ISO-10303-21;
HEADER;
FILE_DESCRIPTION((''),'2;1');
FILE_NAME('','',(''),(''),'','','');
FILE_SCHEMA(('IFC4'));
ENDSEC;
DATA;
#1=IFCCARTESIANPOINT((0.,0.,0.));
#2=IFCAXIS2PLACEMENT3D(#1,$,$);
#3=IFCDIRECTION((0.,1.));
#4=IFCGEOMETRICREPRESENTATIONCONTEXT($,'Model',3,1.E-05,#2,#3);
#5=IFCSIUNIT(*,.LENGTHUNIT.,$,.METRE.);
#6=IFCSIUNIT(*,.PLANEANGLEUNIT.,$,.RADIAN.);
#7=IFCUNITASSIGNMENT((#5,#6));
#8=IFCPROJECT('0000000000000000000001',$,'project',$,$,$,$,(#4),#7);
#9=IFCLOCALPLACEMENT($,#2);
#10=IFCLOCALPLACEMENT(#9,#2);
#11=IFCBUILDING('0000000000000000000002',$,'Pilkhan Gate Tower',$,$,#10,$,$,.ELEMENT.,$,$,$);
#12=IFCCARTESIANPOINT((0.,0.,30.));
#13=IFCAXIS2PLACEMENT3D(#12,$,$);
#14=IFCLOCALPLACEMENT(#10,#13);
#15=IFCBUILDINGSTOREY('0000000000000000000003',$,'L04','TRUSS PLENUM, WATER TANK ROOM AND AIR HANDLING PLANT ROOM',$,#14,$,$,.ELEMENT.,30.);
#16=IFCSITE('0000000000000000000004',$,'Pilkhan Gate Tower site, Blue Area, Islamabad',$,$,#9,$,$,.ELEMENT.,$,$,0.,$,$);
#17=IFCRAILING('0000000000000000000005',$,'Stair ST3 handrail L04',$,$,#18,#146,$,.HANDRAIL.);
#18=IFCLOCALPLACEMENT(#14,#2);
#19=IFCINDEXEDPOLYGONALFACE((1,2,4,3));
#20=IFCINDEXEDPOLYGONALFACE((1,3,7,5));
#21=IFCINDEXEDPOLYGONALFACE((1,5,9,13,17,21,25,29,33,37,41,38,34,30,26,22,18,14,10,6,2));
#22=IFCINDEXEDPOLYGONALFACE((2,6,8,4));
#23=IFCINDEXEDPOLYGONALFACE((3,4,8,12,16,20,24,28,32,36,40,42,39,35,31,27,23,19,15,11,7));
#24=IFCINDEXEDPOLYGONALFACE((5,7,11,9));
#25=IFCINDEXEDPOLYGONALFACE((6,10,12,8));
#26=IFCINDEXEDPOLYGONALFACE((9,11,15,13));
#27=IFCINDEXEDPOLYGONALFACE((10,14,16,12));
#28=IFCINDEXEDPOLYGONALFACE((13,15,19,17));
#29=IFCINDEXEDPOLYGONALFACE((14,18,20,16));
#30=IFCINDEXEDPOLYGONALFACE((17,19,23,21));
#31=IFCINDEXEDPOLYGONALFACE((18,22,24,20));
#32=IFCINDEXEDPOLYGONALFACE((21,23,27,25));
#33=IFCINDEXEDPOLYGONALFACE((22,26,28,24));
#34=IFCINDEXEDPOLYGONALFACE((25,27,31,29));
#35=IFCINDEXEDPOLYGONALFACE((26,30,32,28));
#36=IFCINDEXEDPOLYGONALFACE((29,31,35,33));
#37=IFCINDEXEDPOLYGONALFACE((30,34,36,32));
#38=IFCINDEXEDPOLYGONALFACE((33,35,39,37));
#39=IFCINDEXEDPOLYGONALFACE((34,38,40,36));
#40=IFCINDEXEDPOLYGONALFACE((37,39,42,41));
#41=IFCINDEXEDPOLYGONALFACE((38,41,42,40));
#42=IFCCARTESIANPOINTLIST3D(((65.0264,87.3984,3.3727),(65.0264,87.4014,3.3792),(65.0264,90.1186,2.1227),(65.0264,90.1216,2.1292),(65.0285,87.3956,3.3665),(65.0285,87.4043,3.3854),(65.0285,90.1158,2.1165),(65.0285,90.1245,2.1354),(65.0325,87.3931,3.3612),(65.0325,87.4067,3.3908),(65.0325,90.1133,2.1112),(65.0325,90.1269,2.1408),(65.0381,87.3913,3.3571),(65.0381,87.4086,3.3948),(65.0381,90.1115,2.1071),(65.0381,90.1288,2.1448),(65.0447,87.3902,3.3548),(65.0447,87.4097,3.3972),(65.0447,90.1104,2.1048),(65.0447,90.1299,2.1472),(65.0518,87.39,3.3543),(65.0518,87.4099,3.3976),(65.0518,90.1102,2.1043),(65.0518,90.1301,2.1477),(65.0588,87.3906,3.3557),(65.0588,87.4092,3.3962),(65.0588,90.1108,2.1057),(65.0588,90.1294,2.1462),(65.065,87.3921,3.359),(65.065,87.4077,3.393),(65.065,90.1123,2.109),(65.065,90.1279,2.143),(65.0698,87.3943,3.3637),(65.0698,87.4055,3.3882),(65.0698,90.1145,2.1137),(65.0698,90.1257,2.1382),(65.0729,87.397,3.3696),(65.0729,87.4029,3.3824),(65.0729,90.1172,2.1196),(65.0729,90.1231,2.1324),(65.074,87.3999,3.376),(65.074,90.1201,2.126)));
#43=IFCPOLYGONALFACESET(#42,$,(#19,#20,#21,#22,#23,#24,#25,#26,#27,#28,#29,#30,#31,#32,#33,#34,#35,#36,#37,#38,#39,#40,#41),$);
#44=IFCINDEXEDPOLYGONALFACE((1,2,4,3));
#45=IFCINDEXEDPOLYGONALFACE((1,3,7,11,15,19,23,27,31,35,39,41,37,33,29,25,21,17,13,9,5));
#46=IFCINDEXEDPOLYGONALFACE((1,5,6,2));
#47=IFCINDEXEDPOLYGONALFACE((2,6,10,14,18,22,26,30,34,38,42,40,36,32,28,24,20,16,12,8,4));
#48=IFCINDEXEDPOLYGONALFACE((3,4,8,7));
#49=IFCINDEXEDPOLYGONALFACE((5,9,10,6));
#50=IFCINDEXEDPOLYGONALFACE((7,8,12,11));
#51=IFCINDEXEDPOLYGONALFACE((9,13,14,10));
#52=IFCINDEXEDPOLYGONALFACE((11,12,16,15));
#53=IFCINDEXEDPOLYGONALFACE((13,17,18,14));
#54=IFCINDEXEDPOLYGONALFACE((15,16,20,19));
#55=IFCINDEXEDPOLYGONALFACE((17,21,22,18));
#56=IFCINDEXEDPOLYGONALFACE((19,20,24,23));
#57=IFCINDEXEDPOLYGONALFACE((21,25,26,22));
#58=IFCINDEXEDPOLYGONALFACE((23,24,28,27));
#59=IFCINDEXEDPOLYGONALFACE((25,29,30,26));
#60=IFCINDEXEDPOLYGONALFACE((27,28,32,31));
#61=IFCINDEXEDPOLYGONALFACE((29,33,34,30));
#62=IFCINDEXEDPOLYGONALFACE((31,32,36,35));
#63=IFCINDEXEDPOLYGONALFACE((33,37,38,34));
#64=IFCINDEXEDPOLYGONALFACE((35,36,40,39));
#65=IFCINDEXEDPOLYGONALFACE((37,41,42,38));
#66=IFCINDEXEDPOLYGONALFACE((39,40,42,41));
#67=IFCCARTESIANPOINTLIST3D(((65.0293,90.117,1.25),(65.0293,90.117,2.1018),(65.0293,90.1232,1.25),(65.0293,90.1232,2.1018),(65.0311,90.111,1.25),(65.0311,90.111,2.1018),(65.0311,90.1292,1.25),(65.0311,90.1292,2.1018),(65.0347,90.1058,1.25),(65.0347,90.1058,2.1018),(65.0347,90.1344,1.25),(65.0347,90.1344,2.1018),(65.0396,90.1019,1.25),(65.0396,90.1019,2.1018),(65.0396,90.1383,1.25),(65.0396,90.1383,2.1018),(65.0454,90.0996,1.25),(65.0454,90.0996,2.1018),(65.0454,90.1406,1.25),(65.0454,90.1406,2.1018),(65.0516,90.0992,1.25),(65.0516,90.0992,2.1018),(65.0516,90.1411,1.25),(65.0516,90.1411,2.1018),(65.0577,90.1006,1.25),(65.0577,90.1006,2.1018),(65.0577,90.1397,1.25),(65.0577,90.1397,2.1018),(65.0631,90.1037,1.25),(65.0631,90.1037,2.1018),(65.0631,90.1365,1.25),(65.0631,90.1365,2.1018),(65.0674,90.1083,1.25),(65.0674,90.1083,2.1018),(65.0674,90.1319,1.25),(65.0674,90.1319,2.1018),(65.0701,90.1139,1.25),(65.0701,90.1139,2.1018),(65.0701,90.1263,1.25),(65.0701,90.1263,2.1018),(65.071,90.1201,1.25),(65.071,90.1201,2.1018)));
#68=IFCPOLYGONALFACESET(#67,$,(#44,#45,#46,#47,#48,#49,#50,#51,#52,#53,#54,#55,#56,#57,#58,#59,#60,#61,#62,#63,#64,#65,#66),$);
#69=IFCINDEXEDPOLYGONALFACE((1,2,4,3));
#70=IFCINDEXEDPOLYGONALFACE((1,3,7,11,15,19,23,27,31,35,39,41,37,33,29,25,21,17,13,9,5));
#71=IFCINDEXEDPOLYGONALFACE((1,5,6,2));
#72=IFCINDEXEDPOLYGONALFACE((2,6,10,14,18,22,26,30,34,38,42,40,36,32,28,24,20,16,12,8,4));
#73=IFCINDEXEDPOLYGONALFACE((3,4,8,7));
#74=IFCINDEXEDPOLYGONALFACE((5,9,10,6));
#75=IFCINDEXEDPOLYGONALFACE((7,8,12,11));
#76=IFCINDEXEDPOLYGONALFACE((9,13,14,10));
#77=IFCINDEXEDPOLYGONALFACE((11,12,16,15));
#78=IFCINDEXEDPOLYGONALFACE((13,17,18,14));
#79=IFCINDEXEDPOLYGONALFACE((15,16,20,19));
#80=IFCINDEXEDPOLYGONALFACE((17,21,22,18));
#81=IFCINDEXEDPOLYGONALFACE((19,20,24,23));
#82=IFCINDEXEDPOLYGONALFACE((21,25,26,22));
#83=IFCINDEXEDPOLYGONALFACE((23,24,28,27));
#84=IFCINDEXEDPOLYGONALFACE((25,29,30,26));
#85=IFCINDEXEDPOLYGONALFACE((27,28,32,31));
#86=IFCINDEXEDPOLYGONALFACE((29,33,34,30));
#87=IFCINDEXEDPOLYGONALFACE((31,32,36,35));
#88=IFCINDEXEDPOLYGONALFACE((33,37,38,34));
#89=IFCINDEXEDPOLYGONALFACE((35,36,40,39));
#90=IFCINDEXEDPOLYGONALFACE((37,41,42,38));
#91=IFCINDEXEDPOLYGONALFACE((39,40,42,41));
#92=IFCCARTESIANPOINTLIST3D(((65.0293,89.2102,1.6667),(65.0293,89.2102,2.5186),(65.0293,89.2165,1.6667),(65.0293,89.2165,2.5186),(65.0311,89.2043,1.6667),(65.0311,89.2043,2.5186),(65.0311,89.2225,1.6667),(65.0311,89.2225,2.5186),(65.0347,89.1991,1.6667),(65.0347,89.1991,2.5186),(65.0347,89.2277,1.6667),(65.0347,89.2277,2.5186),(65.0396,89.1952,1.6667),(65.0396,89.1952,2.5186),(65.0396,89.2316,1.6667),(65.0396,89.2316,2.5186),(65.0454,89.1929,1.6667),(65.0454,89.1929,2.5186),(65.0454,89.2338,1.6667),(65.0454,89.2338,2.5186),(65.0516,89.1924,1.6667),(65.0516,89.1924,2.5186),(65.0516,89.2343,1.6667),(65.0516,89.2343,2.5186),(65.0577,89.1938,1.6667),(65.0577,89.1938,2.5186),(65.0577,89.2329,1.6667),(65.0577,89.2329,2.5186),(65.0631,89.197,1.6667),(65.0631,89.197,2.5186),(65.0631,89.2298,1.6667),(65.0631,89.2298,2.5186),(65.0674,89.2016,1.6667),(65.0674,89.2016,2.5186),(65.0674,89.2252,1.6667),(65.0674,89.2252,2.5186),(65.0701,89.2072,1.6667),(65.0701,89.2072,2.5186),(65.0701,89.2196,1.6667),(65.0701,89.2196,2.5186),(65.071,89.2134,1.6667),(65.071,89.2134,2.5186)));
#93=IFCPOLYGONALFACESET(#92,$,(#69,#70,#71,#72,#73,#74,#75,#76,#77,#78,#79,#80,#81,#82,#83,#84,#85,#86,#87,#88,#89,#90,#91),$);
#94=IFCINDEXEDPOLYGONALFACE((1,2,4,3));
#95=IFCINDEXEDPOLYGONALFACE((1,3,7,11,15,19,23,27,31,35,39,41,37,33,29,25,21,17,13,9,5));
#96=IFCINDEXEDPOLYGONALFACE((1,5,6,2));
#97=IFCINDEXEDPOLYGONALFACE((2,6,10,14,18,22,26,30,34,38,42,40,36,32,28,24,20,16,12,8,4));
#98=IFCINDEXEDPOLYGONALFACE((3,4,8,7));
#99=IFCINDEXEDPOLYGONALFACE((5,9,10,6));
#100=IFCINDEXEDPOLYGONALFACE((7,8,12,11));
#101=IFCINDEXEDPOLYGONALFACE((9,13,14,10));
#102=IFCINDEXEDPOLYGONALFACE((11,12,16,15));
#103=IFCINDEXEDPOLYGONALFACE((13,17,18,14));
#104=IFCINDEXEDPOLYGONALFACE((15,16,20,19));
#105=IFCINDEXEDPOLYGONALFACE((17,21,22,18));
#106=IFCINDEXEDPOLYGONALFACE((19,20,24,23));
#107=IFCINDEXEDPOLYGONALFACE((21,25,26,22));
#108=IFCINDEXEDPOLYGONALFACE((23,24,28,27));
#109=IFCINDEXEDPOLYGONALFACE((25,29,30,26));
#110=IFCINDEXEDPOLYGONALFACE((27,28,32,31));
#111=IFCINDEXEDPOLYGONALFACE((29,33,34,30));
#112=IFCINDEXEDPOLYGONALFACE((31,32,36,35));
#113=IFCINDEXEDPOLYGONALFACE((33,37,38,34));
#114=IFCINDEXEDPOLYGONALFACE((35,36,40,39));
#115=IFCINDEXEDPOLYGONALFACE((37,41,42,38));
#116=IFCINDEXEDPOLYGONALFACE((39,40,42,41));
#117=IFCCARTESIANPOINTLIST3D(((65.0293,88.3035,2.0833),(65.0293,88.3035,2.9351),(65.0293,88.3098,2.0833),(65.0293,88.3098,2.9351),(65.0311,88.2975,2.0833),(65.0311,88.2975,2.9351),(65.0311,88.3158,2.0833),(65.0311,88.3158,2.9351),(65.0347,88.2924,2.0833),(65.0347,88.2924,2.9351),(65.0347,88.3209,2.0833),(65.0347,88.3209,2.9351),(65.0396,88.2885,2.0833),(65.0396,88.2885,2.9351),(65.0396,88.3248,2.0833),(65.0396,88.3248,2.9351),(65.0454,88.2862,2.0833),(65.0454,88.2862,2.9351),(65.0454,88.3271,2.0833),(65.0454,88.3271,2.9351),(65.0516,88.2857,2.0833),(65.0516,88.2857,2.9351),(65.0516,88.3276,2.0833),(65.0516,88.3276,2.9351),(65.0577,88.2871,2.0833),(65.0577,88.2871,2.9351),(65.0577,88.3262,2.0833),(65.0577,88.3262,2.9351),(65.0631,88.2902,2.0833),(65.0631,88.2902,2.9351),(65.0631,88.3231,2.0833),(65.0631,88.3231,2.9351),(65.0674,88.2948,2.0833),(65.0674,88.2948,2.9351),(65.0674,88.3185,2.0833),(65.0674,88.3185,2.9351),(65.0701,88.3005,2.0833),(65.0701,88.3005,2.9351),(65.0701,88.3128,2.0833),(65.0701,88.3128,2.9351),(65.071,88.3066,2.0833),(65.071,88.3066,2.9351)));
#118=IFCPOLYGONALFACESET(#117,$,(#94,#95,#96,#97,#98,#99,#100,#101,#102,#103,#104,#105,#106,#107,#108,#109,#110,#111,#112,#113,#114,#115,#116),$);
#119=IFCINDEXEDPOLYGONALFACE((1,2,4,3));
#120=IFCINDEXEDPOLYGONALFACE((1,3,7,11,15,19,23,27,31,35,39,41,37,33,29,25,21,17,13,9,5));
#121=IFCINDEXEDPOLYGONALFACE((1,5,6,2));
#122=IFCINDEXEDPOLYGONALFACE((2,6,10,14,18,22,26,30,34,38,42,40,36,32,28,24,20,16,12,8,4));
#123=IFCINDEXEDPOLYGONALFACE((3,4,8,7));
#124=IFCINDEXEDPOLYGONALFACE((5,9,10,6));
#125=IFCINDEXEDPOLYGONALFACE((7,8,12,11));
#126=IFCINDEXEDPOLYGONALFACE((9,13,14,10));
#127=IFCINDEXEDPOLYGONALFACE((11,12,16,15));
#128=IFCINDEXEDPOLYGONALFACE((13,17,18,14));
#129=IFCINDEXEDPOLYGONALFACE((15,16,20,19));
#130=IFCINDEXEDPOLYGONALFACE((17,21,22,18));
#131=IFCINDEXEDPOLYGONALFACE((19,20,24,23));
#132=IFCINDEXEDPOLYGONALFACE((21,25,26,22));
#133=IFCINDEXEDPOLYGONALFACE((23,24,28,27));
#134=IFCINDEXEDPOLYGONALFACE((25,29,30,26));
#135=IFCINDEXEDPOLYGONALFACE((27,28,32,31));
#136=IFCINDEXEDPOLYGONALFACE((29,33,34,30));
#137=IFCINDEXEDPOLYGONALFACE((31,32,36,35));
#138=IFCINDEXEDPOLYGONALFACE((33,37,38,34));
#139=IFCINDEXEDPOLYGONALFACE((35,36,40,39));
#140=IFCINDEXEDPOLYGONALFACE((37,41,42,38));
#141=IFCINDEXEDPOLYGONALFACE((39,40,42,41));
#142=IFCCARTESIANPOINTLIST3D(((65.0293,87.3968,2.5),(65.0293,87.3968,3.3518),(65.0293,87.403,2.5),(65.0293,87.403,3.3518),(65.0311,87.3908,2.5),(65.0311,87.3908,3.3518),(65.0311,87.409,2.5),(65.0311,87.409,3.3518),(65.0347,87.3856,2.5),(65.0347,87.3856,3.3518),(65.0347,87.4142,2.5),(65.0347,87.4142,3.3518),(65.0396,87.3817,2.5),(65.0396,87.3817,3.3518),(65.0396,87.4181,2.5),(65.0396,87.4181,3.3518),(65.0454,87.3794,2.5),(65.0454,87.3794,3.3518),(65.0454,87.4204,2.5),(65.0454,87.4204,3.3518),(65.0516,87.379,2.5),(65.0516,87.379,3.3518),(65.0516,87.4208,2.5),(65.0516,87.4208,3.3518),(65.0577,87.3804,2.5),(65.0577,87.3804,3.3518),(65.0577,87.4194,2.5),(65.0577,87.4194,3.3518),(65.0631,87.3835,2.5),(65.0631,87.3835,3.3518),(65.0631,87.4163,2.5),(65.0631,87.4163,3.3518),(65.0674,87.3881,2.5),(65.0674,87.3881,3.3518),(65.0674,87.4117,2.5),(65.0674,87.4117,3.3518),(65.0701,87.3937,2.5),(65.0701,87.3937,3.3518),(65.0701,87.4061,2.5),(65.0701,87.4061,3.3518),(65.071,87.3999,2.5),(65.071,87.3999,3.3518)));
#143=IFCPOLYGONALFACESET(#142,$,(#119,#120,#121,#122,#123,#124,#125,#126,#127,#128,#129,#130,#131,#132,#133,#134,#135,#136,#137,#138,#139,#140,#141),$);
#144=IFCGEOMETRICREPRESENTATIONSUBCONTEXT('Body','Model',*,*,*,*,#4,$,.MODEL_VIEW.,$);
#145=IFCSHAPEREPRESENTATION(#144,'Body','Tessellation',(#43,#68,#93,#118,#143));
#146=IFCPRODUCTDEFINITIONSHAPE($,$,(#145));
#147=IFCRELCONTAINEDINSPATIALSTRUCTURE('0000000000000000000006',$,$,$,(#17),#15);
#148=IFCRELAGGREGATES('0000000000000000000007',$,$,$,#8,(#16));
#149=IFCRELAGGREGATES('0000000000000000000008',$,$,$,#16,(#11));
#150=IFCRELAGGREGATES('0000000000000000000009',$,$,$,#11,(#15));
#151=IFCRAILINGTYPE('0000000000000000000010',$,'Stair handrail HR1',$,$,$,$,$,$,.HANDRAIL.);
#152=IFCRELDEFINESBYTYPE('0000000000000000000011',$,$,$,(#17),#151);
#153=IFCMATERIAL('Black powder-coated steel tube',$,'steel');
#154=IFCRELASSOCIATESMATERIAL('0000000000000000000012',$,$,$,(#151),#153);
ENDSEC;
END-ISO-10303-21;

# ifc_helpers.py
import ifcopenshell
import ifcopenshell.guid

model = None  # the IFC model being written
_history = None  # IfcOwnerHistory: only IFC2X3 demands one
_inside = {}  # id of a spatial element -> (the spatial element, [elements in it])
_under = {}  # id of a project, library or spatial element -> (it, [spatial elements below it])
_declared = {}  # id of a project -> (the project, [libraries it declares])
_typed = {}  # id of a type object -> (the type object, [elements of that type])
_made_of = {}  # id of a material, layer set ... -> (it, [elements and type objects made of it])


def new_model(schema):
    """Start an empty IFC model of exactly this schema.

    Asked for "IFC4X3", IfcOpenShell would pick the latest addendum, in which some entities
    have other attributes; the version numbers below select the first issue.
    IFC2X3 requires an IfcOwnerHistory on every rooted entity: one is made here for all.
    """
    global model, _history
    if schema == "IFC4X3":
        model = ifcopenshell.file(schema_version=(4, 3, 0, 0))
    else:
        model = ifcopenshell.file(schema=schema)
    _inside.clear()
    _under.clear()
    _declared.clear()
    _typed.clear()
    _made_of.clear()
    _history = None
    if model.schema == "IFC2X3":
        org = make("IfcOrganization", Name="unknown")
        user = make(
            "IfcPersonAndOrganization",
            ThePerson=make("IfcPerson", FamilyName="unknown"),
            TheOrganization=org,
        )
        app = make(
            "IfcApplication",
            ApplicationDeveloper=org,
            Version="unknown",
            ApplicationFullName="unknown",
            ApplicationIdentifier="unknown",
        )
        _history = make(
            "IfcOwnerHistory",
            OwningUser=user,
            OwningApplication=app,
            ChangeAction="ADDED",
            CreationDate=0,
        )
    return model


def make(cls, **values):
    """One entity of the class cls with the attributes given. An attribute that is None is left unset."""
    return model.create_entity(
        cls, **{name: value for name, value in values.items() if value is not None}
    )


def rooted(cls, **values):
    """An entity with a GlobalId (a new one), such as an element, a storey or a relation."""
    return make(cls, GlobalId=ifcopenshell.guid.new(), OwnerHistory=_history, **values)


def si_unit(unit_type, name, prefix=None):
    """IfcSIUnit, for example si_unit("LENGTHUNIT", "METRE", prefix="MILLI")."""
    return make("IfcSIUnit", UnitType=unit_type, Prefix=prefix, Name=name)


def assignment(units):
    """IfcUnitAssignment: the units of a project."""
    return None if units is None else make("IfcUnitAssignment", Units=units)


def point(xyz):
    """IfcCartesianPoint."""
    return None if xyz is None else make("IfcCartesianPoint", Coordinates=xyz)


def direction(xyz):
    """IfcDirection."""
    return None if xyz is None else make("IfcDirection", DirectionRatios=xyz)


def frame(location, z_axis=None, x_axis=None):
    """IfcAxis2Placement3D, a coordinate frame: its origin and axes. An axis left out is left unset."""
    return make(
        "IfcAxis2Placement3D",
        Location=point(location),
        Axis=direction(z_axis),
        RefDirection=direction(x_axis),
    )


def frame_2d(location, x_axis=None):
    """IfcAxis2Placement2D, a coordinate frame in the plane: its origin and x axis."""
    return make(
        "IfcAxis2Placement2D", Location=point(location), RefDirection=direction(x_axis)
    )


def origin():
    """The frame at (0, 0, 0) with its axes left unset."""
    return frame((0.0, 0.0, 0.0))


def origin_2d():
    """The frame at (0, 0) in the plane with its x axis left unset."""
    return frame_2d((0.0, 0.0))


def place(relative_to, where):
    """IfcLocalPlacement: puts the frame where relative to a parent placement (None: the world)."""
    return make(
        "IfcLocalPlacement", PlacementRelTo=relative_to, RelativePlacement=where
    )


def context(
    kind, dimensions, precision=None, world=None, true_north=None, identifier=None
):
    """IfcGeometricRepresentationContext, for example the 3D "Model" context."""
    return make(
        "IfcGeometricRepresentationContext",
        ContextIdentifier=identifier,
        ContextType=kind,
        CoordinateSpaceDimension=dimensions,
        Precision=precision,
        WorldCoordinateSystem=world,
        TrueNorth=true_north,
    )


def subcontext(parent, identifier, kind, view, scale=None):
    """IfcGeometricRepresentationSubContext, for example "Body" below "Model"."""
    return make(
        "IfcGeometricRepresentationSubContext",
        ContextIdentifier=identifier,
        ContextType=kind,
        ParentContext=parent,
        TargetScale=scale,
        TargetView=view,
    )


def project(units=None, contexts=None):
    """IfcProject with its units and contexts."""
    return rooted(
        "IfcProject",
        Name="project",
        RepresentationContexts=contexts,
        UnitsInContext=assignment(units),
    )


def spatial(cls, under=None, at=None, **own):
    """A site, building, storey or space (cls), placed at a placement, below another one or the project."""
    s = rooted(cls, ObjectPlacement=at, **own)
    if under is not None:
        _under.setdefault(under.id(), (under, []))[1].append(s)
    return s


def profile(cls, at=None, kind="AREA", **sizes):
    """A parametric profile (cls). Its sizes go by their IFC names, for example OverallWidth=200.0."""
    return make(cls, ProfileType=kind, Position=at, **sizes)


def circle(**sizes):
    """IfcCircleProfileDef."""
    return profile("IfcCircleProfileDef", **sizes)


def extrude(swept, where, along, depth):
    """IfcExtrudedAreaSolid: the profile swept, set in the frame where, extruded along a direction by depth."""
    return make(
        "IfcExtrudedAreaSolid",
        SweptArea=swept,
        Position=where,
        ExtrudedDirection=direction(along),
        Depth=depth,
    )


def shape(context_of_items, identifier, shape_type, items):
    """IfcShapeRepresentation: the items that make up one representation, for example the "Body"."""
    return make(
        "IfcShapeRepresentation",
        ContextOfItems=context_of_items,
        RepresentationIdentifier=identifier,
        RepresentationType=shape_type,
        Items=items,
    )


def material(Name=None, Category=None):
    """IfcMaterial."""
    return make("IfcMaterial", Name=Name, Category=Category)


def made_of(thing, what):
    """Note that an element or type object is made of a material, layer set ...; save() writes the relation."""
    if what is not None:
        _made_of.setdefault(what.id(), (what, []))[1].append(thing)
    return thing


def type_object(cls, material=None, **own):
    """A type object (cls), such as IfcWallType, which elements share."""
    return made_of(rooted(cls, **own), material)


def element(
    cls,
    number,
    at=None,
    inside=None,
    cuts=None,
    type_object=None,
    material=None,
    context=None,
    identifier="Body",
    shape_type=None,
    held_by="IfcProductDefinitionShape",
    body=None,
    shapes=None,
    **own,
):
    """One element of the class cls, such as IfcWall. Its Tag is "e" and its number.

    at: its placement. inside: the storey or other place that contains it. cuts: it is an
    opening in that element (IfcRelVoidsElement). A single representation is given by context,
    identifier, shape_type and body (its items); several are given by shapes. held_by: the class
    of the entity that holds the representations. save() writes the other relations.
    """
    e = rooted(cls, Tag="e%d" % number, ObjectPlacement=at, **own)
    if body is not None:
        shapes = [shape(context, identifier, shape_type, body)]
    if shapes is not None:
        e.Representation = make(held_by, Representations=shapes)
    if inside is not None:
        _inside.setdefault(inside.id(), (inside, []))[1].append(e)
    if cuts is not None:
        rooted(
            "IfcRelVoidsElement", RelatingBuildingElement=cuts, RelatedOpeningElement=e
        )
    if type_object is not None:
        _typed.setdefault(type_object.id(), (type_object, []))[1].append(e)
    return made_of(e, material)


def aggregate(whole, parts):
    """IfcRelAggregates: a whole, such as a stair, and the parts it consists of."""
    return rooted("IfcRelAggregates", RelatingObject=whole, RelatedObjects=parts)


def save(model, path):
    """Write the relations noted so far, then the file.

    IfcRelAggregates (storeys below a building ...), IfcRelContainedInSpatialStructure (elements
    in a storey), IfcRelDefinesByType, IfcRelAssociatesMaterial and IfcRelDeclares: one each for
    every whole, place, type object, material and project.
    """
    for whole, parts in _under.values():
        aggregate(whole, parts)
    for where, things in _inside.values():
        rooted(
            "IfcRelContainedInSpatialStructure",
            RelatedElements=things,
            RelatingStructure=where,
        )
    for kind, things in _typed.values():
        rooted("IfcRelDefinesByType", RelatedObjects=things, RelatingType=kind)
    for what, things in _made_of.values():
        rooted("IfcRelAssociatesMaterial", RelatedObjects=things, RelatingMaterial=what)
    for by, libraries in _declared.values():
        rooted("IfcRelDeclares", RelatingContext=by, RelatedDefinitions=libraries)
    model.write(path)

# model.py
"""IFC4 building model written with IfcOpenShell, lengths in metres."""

from ifc_helpers import new_model, si_unit, direction, frame, origin, origin_2d, place, context, subcontext, project, spatial, circle, extrude, material, type_object, element, save


model = new_model("IFC4")

# Units and contexts
model_context = context("Model", 3, precision=1e-05, world=origin(), true_north=direction((0.0, 1.0)))
body_context = subcontext(model_context, "Body", "Model", "MODEL_VIEW")
ifc_project = project(units=[si_unit("LENGTHUNIT", "METRE"), si_unit("PLANEANGLEUNIT", "RADIAN")], contexts=[model_context])

# Site, building, storey
site_placement = place(None, origin())
site = spatial("IfcSite", under=ifc_project, at=site_placement, Name="Pilkhan Gate Tower site, Blue Area, Islamabad", CompositionType="ELEMENT", RefElevation=0.0)
building_placement = place(site_placement, origin())
building = spatial("IfcBuilding", under=site, at=building_placement, Name="Pilkhan Gate Tower", CompositionType="ELEMENT")
storey_placement = place(building_placement, frame((0.0, 0.0, 30.0)))
storey = spatial("IfcBuildingStorey", under=building, at=storey_placement, Name="L04", Description="TRUSS PLENUM, WATER TANK ROOM AND AIR HANDLING PLANT ROOM", CompositionType="ELEMENT", Elevation=30.0)

# Railing
ifc_material_1 = material(Name="Black powder-coated steel tube", Category="steel")
railing_type_1 = type_object("IfcRailingType", Name="Stair handrail HR1", PredefinedType="HANDRAIL", material=ifc_material_1)
railing_1_placement = place(storey_placement, frame((65.05, 90.1201, 1.25)))
element("IfcRailing", 1, at=railing_1_placement, inside=storey, type_object=railing_type_1, Name="Stair ST3 handrail L04", PredefinedType="HANDRAIL", context=body_context, shape_type="SweptSolid", body=[
    extrude(circle(Radius=0.0239, at=origin_2d()), frame((0.0, 0.0, 0.876), z_axis=(0.0, -0.908655, 0.417547), x_axis=(1.0, 0.0, 0.0)), (0.0, 0.0, 1.0), 2.9937),
    extrude(circle(Radius=0.021, at=origin_2d()), origin(), (0.0, 0.0, 1.0), 0.8518),
    extrude(circle(Radius=0.021, at=origin_2d()), frame((0.0, -0.9067, 0.4167)), (0.0, 0.0, 1.0), 0.8518),
    extrude(circle(Radius=0.021, at=origin_2d()), frame((0.0, -1.8135, 0.8333)), (0.0, 0.0, 1.0), 0.8518),
    extrude(circle(Radius=0.021, at=origin_2d()), frame((0.0, -2.7202, 1.25)), (0.0, 0.0, 1.0), 0.8518),
])

save(model, "model.ifc")
